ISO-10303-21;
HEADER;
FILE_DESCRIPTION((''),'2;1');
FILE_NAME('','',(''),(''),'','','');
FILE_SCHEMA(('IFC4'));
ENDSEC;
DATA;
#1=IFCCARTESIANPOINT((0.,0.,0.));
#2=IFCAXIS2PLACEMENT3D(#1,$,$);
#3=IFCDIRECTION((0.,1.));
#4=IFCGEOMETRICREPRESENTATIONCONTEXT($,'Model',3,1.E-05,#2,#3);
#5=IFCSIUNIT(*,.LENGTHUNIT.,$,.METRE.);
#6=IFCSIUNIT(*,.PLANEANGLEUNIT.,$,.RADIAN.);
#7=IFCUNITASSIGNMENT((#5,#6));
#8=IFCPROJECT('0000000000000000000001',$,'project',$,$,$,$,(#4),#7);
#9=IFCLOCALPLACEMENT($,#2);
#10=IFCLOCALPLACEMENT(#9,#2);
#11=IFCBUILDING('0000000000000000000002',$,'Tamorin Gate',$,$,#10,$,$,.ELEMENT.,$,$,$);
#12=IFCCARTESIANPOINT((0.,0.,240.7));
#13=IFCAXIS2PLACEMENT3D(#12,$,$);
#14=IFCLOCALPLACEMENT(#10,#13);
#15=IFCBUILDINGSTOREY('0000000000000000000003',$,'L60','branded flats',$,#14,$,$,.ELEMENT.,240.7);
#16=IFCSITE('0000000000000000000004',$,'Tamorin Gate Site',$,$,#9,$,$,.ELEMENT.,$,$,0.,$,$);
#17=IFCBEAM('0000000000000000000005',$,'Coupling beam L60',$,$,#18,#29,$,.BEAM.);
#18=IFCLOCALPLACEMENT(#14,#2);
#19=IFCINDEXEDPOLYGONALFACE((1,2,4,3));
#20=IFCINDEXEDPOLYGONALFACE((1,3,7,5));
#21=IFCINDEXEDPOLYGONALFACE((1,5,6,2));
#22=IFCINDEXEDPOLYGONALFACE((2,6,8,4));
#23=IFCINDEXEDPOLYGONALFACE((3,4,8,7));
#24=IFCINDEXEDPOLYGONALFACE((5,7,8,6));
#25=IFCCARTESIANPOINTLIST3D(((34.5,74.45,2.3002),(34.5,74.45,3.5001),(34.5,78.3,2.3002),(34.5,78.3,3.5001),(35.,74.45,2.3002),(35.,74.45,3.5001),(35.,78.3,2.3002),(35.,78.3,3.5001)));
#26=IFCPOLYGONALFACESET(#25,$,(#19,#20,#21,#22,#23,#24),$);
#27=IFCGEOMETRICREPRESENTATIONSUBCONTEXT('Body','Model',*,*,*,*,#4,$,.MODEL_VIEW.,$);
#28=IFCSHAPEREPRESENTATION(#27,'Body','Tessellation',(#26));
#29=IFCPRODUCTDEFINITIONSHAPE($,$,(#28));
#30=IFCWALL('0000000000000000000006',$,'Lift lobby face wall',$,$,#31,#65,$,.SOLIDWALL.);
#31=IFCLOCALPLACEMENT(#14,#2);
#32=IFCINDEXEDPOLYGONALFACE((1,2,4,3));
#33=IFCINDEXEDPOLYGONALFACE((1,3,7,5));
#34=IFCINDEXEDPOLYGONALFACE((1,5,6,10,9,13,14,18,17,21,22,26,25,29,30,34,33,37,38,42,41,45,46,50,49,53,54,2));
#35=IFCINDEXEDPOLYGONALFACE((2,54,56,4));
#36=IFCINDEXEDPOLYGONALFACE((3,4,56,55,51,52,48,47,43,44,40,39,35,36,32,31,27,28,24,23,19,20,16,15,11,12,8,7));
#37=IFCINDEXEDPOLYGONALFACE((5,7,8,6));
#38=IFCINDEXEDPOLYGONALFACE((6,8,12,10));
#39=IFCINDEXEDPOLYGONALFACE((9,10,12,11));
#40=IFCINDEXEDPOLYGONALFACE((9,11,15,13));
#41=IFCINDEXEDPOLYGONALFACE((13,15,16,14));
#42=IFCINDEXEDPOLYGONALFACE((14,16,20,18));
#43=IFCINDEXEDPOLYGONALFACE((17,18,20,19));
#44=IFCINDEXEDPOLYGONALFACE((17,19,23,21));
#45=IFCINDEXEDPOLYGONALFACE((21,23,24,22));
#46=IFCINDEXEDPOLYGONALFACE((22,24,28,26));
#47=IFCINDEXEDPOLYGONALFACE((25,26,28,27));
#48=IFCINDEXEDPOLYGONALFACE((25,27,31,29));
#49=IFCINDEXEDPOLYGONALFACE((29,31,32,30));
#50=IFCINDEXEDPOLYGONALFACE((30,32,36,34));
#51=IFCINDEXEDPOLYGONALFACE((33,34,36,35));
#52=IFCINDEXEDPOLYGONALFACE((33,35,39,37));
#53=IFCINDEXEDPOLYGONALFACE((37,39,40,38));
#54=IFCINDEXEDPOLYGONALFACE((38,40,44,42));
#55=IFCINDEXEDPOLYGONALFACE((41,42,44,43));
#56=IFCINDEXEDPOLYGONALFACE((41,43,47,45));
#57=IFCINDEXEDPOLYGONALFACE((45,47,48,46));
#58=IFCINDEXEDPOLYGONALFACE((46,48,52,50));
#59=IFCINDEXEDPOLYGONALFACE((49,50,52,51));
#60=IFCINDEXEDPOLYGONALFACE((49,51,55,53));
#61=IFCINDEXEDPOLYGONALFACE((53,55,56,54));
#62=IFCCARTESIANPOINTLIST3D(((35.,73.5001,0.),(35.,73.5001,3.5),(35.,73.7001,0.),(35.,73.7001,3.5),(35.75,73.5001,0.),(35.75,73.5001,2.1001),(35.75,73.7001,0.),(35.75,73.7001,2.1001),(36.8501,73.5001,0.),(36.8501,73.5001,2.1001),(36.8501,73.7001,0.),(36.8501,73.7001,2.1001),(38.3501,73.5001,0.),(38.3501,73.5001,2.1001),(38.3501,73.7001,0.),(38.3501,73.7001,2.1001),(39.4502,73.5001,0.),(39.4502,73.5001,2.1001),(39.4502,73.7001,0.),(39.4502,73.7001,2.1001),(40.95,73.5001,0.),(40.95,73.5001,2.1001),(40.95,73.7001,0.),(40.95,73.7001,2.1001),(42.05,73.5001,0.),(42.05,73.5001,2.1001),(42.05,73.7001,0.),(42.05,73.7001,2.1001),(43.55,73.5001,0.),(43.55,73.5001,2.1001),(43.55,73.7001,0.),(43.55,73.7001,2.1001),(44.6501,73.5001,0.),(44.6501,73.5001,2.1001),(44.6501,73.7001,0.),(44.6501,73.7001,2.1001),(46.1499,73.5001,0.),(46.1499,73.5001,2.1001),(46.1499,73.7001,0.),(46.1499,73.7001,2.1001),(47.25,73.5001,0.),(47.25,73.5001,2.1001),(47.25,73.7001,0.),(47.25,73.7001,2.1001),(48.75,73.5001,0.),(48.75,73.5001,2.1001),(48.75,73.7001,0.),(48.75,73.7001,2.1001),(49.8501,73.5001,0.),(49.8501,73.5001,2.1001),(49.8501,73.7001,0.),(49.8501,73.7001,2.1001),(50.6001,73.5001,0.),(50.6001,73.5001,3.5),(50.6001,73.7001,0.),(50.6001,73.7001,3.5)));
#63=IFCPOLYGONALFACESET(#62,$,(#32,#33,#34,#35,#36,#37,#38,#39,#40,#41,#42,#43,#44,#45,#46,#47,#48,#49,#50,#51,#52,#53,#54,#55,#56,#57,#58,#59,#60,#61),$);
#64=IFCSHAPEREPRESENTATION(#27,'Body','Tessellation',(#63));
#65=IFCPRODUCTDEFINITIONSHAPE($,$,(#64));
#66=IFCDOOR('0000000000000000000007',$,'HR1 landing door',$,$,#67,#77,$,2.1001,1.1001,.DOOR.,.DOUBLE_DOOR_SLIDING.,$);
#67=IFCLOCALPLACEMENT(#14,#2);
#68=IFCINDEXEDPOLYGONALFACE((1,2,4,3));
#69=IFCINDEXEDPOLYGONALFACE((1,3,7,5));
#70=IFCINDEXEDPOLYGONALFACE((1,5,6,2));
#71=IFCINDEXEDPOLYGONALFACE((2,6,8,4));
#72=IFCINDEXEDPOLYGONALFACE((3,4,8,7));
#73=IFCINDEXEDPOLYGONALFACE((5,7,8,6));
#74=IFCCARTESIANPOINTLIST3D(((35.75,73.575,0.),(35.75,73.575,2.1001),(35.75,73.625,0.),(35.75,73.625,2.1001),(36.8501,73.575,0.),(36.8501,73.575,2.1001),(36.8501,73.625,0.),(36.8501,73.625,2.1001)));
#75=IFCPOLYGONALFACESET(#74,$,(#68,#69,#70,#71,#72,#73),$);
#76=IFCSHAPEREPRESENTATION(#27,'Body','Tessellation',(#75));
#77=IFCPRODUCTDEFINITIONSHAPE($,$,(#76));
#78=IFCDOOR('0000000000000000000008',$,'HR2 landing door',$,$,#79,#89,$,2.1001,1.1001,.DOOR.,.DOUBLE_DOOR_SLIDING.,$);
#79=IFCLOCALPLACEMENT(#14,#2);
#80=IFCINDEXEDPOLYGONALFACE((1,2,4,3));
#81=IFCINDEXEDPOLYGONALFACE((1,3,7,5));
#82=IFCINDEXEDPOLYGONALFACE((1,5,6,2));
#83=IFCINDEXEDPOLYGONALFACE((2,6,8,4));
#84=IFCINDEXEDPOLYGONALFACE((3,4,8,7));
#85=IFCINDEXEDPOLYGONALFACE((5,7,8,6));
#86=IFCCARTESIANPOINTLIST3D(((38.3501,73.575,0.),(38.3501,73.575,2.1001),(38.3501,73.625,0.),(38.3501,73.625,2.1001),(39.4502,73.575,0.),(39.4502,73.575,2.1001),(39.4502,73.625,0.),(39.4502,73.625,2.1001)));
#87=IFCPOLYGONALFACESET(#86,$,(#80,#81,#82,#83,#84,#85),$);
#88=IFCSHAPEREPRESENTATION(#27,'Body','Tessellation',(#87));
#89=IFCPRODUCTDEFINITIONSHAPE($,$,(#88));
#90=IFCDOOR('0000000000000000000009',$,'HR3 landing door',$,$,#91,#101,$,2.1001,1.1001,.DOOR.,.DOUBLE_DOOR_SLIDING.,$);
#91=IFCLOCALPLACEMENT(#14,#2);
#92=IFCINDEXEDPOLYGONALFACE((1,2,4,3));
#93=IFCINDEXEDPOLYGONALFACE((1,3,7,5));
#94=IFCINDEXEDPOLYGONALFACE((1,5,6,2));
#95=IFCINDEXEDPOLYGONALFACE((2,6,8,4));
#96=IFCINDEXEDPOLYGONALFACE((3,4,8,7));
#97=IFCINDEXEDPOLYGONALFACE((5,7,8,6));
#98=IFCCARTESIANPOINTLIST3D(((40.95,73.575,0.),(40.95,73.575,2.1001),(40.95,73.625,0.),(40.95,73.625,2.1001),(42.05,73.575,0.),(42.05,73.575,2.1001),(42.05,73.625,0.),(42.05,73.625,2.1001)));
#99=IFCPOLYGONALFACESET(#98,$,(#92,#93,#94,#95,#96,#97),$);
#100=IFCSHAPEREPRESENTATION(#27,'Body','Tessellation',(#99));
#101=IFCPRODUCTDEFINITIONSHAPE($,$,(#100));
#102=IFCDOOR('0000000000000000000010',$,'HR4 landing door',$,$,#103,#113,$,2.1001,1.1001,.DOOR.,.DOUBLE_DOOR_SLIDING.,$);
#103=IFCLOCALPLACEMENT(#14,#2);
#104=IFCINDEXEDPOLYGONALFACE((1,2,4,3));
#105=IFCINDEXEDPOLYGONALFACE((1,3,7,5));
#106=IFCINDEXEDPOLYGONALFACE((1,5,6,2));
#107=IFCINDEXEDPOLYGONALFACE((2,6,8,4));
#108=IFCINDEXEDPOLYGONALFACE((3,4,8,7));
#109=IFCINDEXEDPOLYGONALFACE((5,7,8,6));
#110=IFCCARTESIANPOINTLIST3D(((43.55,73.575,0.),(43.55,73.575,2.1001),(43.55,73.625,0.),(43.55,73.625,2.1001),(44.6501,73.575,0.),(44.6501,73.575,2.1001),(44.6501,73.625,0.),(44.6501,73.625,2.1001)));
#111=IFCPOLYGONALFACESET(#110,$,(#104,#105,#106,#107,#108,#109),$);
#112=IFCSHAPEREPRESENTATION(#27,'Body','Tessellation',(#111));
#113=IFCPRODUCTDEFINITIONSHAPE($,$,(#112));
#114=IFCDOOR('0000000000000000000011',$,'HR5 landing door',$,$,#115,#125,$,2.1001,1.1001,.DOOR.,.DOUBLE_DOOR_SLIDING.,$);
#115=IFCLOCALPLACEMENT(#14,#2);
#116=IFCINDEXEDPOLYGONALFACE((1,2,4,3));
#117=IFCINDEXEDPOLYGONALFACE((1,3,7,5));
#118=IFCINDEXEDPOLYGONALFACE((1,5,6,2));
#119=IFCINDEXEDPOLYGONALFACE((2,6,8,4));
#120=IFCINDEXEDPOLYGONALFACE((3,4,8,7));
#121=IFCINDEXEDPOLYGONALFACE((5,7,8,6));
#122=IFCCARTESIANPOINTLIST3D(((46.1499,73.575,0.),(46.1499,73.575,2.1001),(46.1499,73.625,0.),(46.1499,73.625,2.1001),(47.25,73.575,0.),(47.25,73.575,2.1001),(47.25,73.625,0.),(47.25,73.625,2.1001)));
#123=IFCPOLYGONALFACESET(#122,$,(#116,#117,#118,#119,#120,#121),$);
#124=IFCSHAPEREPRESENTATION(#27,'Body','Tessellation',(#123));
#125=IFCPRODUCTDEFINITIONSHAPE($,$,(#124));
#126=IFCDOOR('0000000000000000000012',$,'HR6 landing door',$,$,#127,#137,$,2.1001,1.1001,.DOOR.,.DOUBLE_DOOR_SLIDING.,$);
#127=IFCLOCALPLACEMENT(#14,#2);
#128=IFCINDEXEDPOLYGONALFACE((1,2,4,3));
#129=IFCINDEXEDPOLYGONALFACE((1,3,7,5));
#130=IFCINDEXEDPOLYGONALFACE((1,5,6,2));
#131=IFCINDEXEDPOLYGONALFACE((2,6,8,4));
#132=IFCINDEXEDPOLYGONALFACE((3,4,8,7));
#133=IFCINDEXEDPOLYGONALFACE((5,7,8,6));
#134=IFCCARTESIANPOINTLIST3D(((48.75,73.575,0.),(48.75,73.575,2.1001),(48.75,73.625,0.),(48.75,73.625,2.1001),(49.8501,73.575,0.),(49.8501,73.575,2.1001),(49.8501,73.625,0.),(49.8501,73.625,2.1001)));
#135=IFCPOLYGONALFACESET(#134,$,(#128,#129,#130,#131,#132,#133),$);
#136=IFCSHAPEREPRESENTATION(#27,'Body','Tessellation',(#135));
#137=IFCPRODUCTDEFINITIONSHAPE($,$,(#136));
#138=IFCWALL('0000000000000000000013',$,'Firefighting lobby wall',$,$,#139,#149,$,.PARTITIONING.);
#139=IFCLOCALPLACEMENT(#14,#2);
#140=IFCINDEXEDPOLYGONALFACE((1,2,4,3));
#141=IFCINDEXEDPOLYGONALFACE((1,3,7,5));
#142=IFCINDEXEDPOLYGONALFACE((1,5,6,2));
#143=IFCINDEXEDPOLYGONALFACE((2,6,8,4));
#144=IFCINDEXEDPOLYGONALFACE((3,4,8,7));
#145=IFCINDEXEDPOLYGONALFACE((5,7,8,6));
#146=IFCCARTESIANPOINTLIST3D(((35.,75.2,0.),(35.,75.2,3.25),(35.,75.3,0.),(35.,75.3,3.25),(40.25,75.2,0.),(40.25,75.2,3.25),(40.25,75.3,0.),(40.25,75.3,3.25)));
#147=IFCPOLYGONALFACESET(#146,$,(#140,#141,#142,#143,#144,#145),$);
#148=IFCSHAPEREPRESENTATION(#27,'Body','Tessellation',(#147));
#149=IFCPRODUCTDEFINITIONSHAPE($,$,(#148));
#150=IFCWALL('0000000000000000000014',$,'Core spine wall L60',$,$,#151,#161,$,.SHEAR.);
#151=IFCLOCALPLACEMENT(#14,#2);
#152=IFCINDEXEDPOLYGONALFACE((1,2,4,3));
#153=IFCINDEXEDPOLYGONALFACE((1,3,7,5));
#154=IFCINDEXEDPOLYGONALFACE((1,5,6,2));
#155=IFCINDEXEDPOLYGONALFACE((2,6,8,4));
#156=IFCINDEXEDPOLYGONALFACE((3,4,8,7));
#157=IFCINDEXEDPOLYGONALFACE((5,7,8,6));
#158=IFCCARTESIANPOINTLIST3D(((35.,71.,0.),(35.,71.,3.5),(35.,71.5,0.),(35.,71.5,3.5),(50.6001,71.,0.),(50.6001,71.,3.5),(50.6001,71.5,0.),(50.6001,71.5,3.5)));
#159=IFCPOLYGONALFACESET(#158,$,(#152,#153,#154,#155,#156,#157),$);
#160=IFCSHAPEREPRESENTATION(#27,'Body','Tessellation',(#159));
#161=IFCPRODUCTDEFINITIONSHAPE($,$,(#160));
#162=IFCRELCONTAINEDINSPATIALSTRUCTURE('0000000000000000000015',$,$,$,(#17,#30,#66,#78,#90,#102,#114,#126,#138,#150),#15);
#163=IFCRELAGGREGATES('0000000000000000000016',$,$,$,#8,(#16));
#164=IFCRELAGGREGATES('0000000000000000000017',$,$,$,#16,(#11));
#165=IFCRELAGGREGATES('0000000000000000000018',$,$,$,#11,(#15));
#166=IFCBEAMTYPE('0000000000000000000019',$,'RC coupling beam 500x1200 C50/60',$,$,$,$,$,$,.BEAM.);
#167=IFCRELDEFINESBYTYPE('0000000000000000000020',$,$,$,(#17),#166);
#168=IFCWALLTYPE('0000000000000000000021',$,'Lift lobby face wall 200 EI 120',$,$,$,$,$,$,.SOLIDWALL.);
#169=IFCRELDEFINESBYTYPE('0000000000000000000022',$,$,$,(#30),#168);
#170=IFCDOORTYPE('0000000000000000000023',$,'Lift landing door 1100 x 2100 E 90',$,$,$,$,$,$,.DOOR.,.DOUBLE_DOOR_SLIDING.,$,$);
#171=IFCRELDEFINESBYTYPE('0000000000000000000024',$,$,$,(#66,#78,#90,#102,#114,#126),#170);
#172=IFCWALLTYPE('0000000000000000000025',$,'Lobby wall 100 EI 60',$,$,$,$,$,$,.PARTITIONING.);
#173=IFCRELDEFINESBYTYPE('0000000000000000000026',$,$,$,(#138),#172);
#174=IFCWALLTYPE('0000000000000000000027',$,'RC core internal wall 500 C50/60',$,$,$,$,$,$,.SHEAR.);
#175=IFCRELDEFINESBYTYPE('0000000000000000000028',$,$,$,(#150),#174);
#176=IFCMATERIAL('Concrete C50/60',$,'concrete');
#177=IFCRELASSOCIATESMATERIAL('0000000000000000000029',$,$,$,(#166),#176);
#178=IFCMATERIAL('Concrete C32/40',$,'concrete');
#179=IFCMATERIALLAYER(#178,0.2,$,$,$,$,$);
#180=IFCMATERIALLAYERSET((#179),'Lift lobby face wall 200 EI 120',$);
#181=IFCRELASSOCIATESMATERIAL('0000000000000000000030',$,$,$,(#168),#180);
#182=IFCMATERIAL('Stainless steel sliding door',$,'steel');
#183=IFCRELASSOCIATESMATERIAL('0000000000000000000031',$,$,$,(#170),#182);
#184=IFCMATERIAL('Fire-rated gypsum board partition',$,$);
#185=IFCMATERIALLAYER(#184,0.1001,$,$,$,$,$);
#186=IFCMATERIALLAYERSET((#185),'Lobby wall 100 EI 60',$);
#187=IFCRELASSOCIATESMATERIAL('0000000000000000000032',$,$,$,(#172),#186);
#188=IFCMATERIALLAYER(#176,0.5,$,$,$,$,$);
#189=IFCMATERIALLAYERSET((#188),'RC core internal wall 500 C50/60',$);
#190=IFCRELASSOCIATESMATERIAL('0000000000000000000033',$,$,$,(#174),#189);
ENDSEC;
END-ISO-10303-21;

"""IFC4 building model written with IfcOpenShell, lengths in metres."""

from ifc_helpers import new_model, si_unit, direction, frame, frame_2d, origin, origin_2d, place, context, subcontext, project, spatial, rectangle, extrude, material, layer, layer_set, material_profile, profile_set, type_object, element, fill, save


model = new_model("IFC4")

# Units and contexts
model_context = context("Model", 3, precision=1e-05, world=origin(), true_north=direction((0.0, 1.0)))
body_context = subcontext(model_context, "Body", "Model", "MODEL_VIEW")
ifc_project = project(units=[si_unit("LENGTHUNIT", "METRE"), si_unit("PLANEANGLEUNIT", "RADIAN")], contexts=[model_context])

# Site, building, storey
site_placement = place(None, origin())
site = spatial("IfcSite", under=ifc_project, at=site_placement, Name="Tamorin Gate Site", CompositionType="ELEMENT", RefElevation=0.0)
building_placement = place(site_placement, origin())
building = spatial("IfcBuilding", under=site, at=building_placement, Name="Tamorin Gate", CompositionType="ELEMENT")
storey_placement = place(building_placement, frame((0.0, 0.0, 240.7)))
storey = spatial("IfcBuildingStorey", under=building, at=storey_placement, Name="L60", Description="branded flats", CompositionType="ELEMENT", Elevation=240.7)

# Beam
ifc_material_1 = material(Name="Concrete C50/60", Category="concrete")
ifc_material_profile = material_profile(ifc_material_1, rectangle(XDim=0.5, YDim=1.2, at=origin_2d()), Name="RC 500x1200")
ifc_profile_set = profile_set([ifc_material_profile], Name="Concrete C50/60")
beam_type = type_object("IfcBeamType", Name="RC coupling beam 500x1200 C50/60", PredefinedType="BEAM", material=ifc_profile_set)
beam_placement = place(storey_placement, frame((34.75, 74.45, 2.9001), z_axis=(0.0, 1.0, 0.0), x_axis=(-1.0, 0.0, 0.0)))
element("IfcBeam", 1, at=beam_placement, inside=storey, type_object=beam_type, Name="Coupling beam L60", PredefinedType="BEAM", context=body_context, shape_type="SweptSolid", body=[
    extrude(rectangle(XDim=0.5, YDim=1.2, at=origin_2d()), origin(), (0.0, 0.0, 1.0), 3.8501),
])

# Wall, openings, doors
ifc_material_2 = material(Name="Concrete C32/40", Category="concrete")
ifc_layer_1 = layer(ifc_material_2, 0.2)
ifc_layer_set_1 = layer_set([ifc_layer_1], Name="Lift lobby face wall 200 EI 120")
wall_type_1 = type_object("IfcWallType", Name="Lift lobby face wall 200 EI 120", PredefinedType="SOLIDWALL", material=ifc_layer_set_1)
wall_1_placement = place(storey_placement, frame((35.0, 73.6001, 0.0), z_axis=(0.0, 0.0, 1.0), x_axis=(1.0, 0.0, 0.0)))
wall_1 = element("IfcWall", 2, at=wall_1_placement, inside=storey, type_object=wall_type_1, Name="Lift lobby face wall", PredefinedType="SOLIDWALL", context=body_context, shape_type="SweptSolid", body=[
    extrude(rectangle(XDim=15.6001, YDim=0.2, at=frame_2d((7.8, 0.0))), origin(), (0.0, 0.0, 1.0), 3.5),
])
opening_1_placement = place(wall_1_placement, frame((0.75, 0.0, 0.0)))
opening_1 = element("IfcOpeningElement", 3, at=opening_1_placement, cuts=wall_1, PredefinedType="OPENING", context=body_context, shape_type="SweptSolid", body=[
    extrude(rectangle(XDim=1.1001, YDim=2.1001, at=frame_2d((0.55, 1.05))), frame((0.0, 0.1099, 0.0), z_axis=(0.0, -1.0, 0.0), x_axis=(1.0, 0.0, 0.0)), (0.0, 0.0, 1.0), 0.22),
])
opening_2_placement = place(wall_1_placement, frame((3.3501, 0.0, 0.0)))
opening_2 = element("IfcOpeningElement", 4, at=opening_2_placement, cuts=wall_1, PredefinedType="OPENING", context=body_context, shape_type="SweptSolid", body=[
    extrude(rectangle(XDim=1.1001, YDim=2.1001, at=frame_2d((0.55, 1.05))), frame((0.0, 0.1099, 0.0), z_axis=(0.0, -1.0, 0.0), x_axis=(1.0, 0.0, 0.0)), (0.0, 0.0, 1.0), 0.22),
])
opening_3_placement = place(wall_1_placement, frame((5.95, 0.0, 0.0)))
opening_3 = element("IfcOpeningElement", 5, at=opening_3_placement, cuts=wall_1, PredefinedType="OPENING", context=body_context, shape_type="SweptSolid", body=[
    extrude(rectangle(XDim=1.1001, YDim=2.1001, at=frame_2d((0.55, 1.05))), frame((0.0, 0.1099, 0.0), z_axis=(0.0, -1.0, 0.0), x_axis=(1.0, 0.0, 0.0)), (0.0, 0.0, 1.0), 0.22),
])
opening_4_placement = place(wall_1_placement, frame((8.55, 0.0, 0.0)))
opening_4 = element("IfcOpeningElement", 6, at=opening_4_placement, cuts=wall_1, PredefinedType="OPENING", context=body_context, shape_type="SweptSolid", body=[
    extrude(rectangle(XDim=1.1001, YDim=2.1001, at=frame_2d((0.55, 1.05))), frame((0.0, 0.1099, 0.0), z_axis=(0.0, -1.0, 0.0), x_axis=(1.0, 0.0, 0.0)), (0.0, 0.0, 1.0), 0.22),
])
opening_5_placement = place(wall_1_placement, frame((11.1499, 0.0, 0.0)))
opening_5 = element("IfcOpeningElement", 7, at=opening_5_placement, cuts=wall_1, PredefinedType="OPENING", context=body_context, shape_type="SweptSolid", body=[
    extrude(rectangle(XDim=1.1001, YDim=2.1001, at=frame_2d((0.55, 1.05))), frame((0.0, 0.1099, 0.0), z_axis=(0.0, -1.0, 0.0), x_axis=(1.0, 0.0, 0.0)), (0.0, 0.0, 1.0), 0.22),
])
opening_6_placement = place(wall_1_placement, frame((13.75, 0.0, 0.0)))
opening_6 = element("IfcOpeningElement", 8, at=opening_6_placement, cuts=wall_1, PredefinedType="OPENING", context=body_context, shape_type="SweptSolid", body=[
    extrude(rectangle(XDim=1.1001, YDim=2.1001, at=frame_2d((0.55, 1.05))), frame((0.0, 0.1099, 0.0), z_axis=(0.0, -1.0, 0.0), x_axis=(1.0, 0.0, 0.0)), (0.0, 0.0, 1.0), 0.22),
])
ifc_material_3 = material(Name="Stainless steel sliding door", Category="steel")
door_type_1 = type_object("IfcDoorType", Name="Lift landing door 1100 x 2100 E 90", OperationType="DOUBLE_DOOR_SLIDING", PredefinedType="DOOR", material=ifc_material_3)
door_1_placement = place(opening_1_placement, origin())
door_1 = element("IfcDoor", 9, at=door_1_placement, inside=storey, type_object=door_type_1, Name="HR1 landing door", OperationType="DOUBLE_DOOR_SLIDING", OverallHeight=2.1001, OverallWidth=1.1001, PredefinedType="DOOR", context=body_context, shape_type="SweptSolid", body=[
    extrude(rectangle(XDim=1.1001, YDim=2.1001, at=frame_2d((0.55, 1.05))), frame((0.0, 0.0249, 0.0), z_axis=(0.0, -1.0, 0.0), x_axis=(1.0, 0.0, 0.0)), (0.0, 0.0, 1.0), 0.05),
])
fill(opening_1, door_1)
door_2_placement = place(opening_2_placement, origin())
door_2 = element("IfcDoor", 10, at=door_2_placement, inside=storey, type_object=door_type_1, Name="HR2 landing door", OperationType="DOUBLE_DOOR_SLIDING", OverallHeight=2.1001, OverallWidth=1.1001, PredefinedType="DOOR", context=body_context, shape_type="SweptSolid", body=[
    extrude(rectangle(XDim=1.1001, YDim=2.1001, at=frame_2d((0.55, 1.05))), frame((0.0, 0.0249, 0.0), z_axis=(0.0, -1.0, 0.0), x_axis=(1.0, 0.0, 0.0)), (0.0, 0.0, 1.0), 0.05),
])
fill(opening_2, door_2)
door_3_placement = place(opening_3_placement, origin())
door_3 = element("IfcDoor", 11, at=door_3_placement, inside=storey, type_object=door_type_1, Name="HR3 landing door", OperationType="DOUBLE_DOOR_SLIDING", OverallHeight=2.1001, OverallWidth=1.1001, PredefinedType="DOOR", context=body_context, shape_type="SweptSolid", body=[
    extrude(rectangle(XDim=1.1001, YDim=2.1001, at=frame_2d((0.55, 1.05))), frame((0.0, 0.0249, 0.0), z_axis=(0.0, -1.0, 0.0), x_axis=(1.0, 0.0, 0.0)), (0.0, 0.0, 1.0), 0.05),
])
fill(opening_3, door_3)
door_4_placement = place(opening_4_placement, origin())
door_4 = element("IfcDoor", 12, at=door_4_placement, inside=storey, type_object=door_type_1, Name="HR4 landing door", OperationType="DOUBLE_DOOR_SLIDING", OverallHeight=2.1001, OverallWidth=1.1001, PredefinedType="DOOR", context=body_context, shape_type="SweptSolid", body=[
    extrude(rectangle(XDim=1.1001, YDim=2.1001, at=frame_2d((0.55, 1.05))), frame((0.0, 0.0249, 0.0), z_axis=(0.0, -1.0, 0.0), x_axis=(1.0, 0.0, 0.0)), (0.0, 0.0, 1.0), 0.05),
])
fill(opening_4, door_4)
door_5_placement = place(opening_5_placement, origin())
door_5 = element("IfcDoor", 13, at=door_5_placement, inside=storey, type_object=door_type_1, Name="HR5 landing door", OperationType="DOUBLE_DOOR_SLIDING", OverallHeight=2.1001, OverallWidth=1.1001, PredefinedType="DOOR", context=body_context, shape_type="SweptSolid", body=[
    extrude(rectangle(XDim=1.1001, YDim=2.1001, at=frame_2d((0.55, 1.05))), frame((0.0, 0.0249, 0.0), z_axis=(0.0, -1.0, 0.0), x_axis=(1.0, 0.0, 0.0)), (0.0, 0.0, 1.0), 0.05),
])
fill(opening_5, door_5)
door_6_placement = place(opening_6_placement, origin())
door_6 = element("IfcDoor", 14, at=door_6_placement, inside=storey, type_object=door_type_1, Name="HR6 landing door", OperationType="DOUBLE_DOOR_SLIDING", OverallHeight=2.1001, OverallWidth=1.1001, PredefinedType="DOOR", context=body_context, shape_type="SweptSolid", body=[
    extrude(rectangle(XDim=1.1001, YDim=2.1001, at=frame_2d((0.55, 1.05))), frame((0.0, 0.0249, 0.0), z_axis=(0.0, -1.0, 0.0), x_axis=(1.0, 0.0, 0.0)), (0.0, 0.0, 1.0), 0.05),
])
fill(opening_6, door_6)

# Walls
ifc_material_4 = material(Name="Fire-rated gypsum board partition")
ifc_layer_2 = layer(ifc_material_4, 0.1001)
ifc_layer_set_2 = layer_set([ifc_layer_2], Name="Lobby wall 100 EI 60")
wall_type_2 = type_object("IfcWallType", Name="Lobby wall 100 EI 60", PredefinedType="PARTITIONING", material=ifc_layer_set_2)
wall_2_placement = place(storey_placement, frame((35.0, 75.25, 0.0), z_axis=(0.0, 0.0, 1.0), x_axis=(1.0, 0.0, 0.0)))
element("IfcWall", 15, at=wall_2_placement, inside=storey, type_object=wall_type_2, Name="Firefighting lobby wall", PredefinedType="PARTITIONING", context=body_context, shape_type="SweptSolid", body=[
    extrude(rectangle(XDim=5.25, YDim=0.1001, at=frame_2d((2.625, 0.0))), origin(), (0.0, 0.0, 1.0), 3.25),
])
ifc_layer_3 = layer(ifc_material_1, 0.5)
ifc_layer_set_3 = layer_set([ifc_layer_3], Name="RC core internal wall 500 C50/60")
wall_type_3 = type_object("IfcWallType", Name="RC core internal wall 500 C50/60", PredefinedType="SHEAR", material=ifc_layer_set_3)
wall_3_placement = place(storey_placement, frame((35.0, 71.25, 0.0), z_axis=(0.0, 0.0, 1.0), x_axis=(1.0, 0.0, 0.0)))
element("IfcWall", 16, at=wall_3_placement, inside=storey, type_object=wall_type_3, Name="Core spine wall L60", PredefinedType="SHEAR", context=body_context, shape_type="SweptSolid", body=[
    extrude(rectangle(XDim=15.6001, YDim=0.5, at=frame_2d((7.8, 0.0))), origin(), (0.0, 0.0, 1.0), 3.5),
])

save(model, "model.ifc")
